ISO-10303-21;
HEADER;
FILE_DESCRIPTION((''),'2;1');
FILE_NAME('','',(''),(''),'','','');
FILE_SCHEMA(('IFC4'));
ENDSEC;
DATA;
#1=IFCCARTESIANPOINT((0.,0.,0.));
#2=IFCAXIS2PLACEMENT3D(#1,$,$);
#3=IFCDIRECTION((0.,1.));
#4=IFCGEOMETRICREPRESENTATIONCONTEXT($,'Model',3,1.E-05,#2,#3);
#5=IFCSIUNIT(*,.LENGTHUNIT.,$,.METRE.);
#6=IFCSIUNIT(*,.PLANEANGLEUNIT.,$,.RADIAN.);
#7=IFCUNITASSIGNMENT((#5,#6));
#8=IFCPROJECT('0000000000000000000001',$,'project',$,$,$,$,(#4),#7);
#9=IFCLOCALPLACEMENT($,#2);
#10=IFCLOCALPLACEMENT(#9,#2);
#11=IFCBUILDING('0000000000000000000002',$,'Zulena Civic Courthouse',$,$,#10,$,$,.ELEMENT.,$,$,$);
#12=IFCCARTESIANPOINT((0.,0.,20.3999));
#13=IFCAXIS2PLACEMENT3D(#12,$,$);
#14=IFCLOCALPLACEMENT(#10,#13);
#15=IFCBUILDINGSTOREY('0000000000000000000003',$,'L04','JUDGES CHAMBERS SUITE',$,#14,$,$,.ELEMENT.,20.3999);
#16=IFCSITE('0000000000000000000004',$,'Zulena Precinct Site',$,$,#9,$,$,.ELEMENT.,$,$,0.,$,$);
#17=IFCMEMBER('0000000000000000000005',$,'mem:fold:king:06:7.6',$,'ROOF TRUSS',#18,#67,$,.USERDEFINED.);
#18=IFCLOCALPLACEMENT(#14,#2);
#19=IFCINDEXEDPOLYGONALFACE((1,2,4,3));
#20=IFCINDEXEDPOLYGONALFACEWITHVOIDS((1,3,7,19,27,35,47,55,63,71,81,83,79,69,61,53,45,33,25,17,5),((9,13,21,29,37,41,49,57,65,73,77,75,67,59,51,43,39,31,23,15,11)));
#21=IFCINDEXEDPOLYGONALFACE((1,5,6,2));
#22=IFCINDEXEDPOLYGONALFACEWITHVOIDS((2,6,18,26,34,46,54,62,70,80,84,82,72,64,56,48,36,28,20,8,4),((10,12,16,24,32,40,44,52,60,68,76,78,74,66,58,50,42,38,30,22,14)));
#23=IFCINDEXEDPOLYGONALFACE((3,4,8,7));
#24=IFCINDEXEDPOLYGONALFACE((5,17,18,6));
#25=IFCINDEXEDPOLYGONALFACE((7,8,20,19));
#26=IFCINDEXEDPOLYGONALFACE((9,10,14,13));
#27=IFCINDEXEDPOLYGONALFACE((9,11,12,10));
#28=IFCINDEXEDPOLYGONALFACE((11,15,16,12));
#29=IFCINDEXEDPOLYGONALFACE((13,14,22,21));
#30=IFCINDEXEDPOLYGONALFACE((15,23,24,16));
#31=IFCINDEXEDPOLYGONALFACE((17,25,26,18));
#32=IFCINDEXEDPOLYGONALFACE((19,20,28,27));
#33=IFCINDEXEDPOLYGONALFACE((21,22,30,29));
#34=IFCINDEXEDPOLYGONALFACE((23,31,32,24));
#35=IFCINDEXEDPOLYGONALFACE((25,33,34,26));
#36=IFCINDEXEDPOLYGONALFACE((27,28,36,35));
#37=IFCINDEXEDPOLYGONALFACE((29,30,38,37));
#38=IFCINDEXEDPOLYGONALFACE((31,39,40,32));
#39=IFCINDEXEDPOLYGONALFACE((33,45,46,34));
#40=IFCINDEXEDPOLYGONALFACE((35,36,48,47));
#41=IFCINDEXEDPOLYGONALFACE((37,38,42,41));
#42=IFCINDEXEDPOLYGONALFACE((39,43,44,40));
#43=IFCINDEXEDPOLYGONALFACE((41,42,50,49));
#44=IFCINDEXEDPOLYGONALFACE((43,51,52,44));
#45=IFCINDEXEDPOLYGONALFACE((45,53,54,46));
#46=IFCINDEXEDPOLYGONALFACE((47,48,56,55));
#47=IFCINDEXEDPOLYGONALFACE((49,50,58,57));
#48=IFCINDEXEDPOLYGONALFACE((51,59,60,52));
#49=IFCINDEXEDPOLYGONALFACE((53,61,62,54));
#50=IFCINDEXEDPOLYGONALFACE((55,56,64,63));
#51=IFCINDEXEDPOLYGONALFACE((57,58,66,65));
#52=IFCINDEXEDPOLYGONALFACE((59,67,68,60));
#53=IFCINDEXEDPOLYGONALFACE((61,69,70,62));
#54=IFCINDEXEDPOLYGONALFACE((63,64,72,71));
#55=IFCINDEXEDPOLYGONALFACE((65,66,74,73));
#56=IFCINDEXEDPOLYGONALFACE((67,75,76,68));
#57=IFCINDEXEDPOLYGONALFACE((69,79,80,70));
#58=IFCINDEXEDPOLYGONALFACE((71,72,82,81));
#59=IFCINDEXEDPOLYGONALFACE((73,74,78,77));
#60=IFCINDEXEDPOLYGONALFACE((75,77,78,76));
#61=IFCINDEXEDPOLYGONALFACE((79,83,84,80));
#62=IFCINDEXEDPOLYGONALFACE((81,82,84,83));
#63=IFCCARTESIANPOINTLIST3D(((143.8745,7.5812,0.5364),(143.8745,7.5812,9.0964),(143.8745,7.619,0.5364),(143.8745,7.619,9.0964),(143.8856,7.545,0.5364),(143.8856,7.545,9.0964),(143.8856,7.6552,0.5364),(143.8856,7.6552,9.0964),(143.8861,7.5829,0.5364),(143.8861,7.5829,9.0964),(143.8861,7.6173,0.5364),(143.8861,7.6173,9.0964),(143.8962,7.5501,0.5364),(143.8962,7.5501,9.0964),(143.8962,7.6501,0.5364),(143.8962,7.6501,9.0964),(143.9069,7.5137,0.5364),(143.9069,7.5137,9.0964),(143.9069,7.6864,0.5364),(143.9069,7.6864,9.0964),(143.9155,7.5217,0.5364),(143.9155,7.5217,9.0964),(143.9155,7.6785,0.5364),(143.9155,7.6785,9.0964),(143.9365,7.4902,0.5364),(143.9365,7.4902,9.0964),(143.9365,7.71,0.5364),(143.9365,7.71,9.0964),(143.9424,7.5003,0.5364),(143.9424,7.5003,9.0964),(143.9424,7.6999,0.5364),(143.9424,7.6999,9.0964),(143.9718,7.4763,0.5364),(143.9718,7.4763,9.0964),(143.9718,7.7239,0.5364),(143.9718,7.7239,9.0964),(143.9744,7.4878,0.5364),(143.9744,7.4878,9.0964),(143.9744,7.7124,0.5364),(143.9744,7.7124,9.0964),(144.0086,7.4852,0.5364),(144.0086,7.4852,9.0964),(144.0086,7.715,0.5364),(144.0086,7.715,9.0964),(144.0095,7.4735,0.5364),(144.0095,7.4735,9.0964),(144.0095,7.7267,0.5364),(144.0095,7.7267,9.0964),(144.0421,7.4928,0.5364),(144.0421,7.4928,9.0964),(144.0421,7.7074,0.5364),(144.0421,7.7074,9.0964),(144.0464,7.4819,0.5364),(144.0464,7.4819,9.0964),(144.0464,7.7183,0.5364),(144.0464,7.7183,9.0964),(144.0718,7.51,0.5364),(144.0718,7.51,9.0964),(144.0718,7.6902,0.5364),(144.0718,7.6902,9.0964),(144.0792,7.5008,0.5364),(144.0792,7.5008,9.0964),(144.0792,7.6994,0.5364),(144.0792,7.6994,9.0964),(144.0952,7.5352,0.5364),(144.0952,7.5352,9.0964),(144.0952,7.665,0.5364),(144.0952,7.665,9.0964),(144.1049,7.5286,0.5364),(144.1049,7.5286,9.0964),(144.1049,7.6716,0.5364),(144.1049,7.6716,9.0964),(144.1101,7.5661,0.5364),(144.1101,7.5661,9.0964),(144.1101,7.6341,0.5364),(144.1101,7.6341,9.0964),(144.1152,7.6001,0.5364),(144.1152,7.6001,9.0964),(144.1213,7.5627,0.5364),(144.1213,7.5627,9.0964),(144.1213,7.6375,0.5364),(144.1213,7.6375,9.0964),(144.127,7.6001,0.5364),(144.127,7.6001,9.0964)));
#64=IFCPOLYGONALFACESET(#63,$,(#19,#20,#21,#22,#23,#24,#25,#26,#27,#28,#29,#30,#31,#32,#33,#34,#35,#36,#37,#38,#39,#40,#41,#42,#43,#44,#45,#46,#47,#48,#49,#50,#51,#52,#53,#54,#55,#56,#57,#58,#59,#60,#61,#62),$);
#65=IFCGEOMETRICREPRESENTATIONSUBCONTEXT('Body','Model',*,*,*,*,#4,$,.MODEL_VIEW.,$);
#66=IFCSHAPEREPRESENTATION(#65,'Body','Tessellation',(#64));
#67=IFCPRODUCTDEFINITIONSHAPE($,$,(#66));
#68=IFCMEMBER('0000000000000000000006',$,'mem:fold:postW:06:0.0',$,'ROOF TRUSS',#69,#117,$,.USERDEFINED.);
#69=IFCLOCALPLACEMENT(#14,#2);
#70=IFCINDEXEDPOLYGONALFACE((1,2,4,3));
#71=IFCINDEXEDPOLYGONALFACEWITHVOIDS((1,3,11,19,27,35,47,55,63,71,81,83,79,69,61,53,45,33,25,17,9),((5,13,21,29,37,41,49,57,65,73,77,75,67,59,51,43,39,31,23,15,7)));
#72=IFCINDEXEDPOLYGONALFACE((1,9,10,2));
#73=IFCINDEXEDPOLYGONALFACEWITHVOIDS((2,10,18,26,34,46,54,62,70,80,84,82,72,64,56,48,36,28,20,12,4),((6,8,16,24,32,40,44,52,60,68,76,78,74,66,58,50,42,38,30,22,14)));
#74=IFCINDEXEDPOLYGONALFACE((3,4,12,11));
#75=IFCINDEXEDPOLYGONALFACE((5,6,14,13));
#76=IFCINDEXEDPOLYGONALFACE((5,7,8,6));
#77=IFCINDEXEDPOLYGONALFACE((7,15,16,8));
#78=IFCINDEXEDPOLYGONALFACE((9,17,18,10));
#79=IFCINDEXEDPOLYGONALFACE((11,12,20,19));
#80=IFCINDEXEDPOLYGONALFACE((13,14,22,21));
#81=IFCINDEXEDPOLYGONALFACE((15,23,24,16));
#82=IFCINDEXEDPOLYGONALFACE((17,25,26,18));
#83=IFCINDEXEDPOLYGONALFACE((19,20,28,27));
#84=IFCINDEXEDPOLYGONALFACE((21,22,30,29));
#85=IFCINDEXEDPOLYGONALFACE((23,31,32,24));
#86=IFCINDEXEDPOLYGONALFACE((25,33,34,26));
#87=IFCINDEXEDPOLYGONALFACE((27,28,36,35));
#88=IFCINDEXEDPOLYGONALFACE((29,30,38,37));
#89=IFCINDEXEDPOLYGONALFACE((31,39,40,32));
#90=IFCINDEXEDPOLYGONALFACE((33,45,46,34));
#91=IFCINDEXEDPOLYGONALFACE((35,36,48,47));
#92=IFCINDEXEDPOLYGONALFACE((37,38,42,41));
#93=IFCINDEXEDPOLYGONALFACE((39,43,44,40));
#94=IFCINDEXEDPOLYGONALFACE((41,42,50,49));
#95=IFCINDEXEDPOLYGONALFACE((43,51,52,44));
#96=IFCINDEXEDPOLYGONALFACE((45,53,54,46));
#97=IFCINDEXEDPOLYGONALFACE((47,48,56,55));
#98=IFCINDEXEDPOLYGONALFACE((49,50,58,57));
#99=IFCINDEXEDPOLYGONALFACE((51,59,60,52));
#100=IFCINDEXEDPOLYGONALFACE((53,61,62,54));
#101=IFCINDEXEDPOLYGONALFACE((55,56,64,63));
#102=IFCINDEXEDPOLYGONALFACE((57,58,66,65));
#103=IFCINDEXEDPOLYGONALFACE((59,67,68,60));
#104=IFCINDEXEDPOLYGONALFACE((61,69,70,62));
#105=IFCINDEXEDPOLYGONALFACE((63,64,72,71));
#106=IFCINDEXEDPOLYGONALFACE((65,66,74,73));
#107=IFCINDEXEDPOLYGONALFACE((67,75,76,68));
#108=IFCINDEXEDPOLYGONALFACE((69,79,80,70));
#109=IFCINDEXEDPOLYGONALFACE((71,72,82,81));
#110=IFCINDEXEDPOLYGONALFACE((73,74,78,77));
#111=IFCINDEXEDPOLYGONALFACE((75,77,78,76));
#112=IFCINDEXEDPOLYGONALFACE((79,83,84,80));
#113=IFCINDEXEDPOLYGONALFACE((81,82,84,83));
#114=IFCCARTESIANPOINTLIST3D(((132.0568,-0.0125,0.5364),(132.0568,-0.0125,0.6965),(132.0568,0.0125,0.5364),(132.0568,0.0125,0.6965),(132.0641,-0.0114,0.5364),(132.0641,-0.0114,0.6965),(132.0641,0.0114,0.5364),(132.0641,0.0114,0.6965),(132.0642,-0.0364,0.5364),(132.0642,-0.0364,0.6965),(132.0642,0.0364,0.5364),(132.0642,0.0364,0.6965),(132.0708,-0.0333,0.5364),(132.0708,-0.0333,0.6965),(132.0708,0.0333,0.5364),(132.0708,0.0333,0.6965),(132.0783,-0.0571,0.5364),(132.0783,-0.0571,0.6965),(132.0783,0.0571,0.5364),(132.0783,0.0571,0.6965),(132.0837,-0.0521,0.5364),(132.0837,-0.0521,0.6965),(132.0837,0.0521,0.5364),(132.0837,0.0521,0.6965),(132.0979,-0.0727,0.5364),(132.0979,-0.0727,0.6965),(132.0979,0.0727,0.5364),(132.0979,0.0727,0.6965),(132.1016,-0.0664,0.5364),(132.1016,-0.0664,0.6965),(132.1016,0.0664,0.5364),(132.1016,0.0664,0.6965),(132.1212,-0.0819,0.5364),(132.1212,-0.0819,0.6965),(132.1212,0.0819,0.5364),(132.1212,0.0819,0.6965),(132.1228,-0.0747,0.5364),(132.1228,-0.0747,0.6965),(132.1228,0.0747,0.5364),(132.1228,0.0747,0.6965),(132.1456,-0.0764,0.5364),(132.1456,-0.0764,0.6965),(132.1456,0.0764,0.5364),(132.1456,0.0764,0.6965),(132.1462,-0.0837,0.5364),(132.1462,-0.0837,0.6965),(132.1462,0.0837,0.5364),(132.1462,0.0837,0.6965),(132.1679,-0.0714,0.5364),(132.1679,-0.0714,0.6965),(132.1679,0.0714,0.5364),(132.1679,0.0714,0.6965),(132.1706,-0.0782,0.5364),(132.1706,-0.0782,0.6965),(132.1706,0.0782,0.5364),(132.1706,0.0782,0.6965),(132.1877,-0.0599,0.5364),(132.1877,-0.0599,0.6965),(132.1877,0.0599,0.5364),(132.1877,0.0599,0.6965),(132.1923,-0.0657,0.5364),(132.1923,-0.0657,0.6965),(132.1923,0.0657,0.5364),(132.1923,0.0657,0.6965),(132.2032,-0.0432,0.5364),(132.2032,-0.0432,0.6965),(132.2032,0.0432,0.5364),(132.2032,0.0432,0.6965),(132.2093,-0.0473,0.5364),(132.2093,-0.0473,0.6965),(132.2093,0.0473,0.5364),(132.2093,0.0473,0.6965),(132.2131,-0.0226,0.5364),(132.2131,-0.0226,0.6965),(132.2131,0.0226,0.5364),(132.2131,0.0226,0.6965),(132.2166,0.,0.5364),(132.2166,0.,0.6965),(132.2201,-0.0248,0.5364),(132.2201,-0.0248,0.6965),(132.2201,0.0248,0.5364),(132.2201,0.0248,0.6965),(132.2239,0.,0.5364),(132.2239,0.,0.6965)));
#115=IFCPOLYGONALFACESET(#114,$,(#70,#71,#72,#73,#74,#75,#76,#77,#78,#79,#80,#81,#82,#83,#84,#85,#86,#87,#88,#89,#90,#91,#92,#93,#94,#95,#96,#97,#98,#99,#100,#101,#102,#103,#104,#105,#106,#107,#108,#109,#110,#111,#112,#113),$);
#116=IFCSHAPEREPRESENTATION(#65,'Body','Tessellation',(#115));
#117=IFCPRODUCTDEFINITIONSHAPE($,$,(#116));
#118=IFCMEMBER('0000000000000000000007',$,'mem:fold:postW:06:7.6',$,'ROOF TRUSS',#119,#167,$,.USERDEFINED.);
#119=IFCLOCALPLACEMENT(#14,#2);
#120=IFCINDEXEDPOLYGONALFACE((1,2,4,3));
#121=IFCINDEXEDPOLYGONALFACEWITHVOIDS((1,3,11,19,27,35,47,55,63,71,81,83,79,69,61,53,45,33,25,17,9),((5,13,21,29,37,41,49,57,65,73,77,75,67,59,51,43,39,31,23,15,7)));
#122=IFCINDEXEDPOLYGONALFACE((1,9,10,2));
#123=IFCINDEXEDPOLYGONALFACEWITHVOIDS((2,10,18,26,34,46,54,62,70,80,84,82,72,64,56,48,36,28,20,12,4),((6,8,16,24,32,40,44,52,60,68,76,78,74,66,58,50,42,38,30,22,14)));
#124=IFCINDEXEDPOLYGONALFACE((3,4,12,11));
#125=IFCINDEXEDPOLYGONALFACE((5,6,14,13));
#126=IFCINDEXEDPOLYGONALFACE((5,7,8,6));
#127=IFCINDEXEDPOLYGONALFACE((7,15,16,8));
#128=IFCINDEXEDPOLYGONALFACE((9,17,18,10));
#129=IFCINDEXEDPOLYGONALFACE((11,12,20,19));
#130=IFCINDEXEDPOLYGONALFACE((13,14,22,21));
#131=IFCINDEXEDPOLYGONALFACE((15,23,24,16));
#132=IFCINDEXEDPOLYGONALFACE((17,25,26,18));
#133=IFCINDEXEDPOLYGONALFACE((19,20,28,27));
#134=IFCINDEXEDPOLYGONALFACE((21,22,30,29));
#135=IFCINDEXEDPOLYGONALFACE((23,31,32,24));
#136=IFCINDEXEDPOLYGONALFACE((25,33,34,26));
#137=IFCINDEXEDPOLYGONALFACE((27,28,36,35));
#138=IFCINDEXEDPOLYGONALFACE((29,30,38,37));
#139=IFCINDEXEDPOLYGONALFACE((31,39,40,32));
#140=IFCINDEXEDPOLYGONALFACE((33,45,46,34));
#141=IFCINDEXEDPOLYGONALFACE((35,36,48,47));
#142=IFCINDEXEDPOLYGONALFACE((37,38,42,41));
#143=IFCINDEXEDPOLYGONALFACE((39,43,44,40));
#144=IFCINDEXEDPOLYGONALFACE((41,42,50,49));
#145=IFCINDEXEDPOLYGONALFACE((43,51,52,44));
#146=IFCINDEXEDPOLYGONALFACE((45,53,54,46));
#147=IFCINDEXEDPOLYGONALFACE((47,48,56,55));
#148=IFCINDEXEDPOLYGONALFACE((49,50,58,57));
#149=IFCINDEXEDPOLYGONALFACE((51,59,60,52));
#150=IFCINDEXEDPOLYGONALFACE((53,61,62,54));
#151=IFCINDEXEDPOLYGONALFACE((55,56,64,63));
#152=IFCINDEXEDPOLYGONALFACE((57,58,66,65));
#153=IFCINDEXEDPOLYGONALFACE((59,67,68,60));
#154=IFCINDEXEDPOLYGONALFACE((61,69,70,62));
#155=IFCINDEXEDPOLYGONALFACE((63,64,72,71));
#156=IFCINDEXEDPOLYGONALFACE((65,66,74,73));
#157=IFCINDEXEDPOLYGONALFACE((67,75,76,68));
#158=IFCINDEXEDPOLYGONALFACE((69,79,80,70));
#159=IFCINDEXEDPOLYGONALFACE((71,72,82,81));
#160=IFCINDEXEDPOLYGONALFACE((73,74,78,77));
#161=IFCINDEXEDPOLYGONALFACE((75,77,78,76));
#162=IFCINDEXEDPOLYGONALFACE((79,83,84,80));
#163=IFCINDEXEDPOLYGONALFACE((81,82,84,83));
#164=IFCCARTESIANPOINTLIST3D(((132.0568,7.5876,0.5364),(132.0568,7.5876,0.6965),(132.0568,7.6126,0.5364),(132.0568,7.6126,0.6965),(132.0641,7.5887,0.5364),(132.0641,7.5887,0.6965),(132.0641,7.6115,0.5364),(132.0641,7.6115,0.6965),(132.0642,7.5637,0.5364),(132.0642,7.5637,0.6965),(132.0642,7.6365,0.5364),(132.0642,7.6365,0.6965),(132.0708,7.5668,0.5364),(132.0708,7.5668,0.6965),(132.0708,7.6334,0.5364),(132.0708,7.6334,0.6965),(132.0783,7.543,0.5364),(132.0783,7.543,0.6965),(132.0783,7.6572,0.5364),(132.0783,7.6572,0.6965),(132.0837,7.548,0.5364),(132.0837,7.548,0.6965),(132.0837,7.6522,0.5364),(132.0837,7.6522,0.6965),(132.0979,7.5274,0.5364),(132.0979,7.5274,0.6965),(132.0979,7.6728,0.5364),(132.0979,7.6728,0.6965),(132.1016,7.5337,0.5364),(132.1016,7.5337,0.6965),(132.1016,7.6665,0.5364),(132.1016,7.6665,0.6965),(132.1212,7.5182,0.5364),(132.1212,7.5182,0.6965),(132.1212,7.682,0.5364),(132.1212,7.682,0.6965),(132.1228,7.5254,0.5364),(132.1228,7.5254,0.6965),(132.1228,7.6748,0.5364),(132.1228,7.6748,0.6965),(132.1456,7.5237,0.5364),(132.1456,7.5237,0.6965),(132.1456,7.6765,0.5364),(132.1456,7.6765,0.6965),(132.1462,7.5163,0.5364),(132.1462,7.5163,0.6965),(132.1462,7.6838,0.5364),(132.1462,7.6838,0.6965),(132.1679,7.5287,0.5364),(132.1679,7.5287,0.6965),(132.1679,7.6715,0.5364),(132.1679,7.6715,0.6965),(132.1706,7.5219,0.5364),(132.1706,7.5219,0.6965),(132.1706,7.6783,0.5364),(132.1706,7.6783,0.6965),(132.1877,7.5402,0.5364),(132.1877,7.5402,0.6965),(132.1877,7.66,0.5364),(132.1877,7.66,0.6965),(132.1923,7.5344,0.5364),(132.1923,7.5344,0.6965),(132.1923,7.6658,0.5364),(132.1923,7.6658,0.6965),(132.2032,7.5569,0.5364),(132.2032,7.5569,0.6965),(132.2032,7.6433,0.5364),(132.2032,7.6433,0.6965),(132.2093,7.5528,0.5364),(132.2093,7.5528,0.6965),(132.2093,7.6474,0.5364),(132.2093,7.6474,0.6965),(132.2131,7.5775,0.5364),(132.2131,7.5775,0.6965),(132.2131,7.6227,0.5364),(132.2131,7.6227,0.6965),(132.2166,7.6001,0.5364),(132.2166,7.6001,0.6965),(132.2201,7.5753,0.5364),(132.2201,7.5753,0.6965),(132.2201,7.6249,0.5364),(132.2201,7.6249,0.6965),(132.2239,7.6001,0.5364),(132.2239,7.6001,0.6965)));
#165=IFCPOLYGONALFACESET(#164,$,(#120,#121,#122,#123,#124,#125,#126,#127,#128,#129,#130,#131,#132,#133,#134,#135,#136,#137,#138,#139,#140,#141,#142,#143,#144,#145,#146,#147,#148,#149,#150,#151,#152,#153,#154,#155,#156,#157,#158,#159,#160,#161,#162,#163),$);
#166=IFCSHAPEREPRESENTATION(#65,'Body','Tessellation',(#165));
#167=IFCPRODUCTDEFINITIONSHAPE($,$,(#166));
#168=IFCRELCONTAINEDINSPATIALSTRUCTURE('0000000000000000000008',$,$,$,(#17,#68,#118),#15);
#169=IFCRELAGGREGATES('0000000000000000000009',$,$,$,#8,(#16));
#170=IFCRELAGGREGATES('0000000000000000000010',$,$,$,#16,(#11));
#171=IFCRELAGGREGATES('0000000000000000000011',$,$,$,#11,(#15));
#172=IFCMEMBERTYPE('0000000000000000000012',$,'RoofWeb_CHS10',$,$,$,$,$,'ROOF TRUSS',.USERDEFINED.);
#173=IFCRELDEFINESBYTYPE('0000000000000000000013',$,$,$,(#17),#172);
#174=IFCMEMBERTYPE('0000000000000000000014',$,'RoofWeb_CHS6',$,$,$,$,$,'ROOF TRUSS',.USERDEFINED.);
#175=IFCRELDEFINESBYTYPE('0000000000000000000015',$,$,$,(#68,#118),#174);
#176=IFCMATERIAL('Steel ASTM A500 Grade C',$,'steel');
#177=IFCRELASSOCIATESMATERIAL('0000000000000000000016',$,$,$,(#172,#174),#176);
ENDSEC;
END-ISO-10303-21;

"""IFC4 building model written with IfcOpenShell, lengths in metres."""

from ifc_helpers import new_model, si_unit, direction, frame, origin, origin_2d, place, context, subcontext, project, spatial, hollow_circle, extrude, material, material_profile, profile_set, type_object, element, save


model = new_model("IFC4")

# Units and contexts
model_context = context("Model", 3, precision=1e-05, world=origin(), true_north=direction((0.0, 1.0)))
body_context = subcontext(model_context, "Body", "Model", "MODEL_VIEW")
ifc_project = project(units=[si_unit("LENGTHUNIT", "METRE"), si_unit("PLANEANGLEUNIT", "RADIAN")], contexts=[model_context])

# Site, building, storey
site_placement = place(None, origin())
site = spatial("IfcSite", under=ifc_project, at=site_placement, Name="Zulena Precinct Site", CompositionType="ELEMENT", RefElevation=0.0)
building_placement = place(site_placement, origin())
building = spatial("IfcBuilding", under=site, at=building_placement, Name="Zulena Civic Courthouse", CompositionType="ELEMENT")
storey_placement = place(building_placement, frame((0.0, 0.0, 20.3999)))
storey = spatial("IfcBuildingStorey", under=building, at=storey_placement, Name="L04", Description="JUDGES CHAMBERS SUITE", CompositionType="ELEMENT", Elevation=20.3999)

# Members
ifc_material_1 = material(Name="Steel ASTM A500 Grade C", Category="steel")
ifc_material_profile_1 = material_profile(ifc_material_1, hollow_circle(Radius=0.127, WallThickness=0.0117, at=origin_2d()), Name="HSS10.000X0.500")
ifc_profile_set_1 = profile_set([ifc_material_profile_1], Name="Steel ASTM A500 Grade C")
member_type_1 = type_object("IfcMemberType", Name="RoofWeb_CHS10", ElementType="ROOF TRUSS", PredefinedType="USERDEFINED", material=ifc_profile_set_1)
for number, where, z_axis, x_axis, name in (
    (1, (144.0, 7.6001, 0.5364), (0.0, 0.0, 1.0), (1.0, 0.0, 0.0), "mem:fold:king:06:7.6"),
):
    element("IfcMember", number, at=place(storey_placement, frame(where, z_axis=z_axis, x_axis=x_axis)), inside=storey, type_object=member_type_1, Name=name, ObjectType="ROOF TRUSS", PredefinedType="USERDEFINED", context=body_context, shape_type="SweptSolid", body=[
        extrude(hollow_circle(Radius=0.127, WallThickness=0.0117, at=origin_2d()), origin(), (0.0, 0.0, 1.0), 8.5601),
    ])
ifc_material_profile_2 = material_profile(ifc_material_1, hollow_circle(Radius=0.084, WallThickness=0.0073, at=origin_2d()), Name="HSS6.625X0.312")
ifc_profile_set_2 = profile_set([ifc_material_profile_2], Name="Steel ASTM A500 Grade C")
member_type_2 = type_object("IfcMemberType", Name="RoofWeb_CHS6", ElementType="ROOF TRUSS", PredefinedType="USERDEFINED", material=ifc_profile_set_2)
for number, where, z_axis, x_axis, name in (
    (2, (132.1399, 0.0, 0.5364), (0.0, 0.0, 1.0), (1.0, 0.0, 0.0), "mem:fold:postW:06:0.0"),
    (3, (132.1399, 7.6001, 0.5364), (0.0, 0.0, 1.0), (1.0, 0.0, 0.0), "mem:fold:postW:06:7.6"),
):
    element("IfcMember", number, at=place(storey_placement, frame(where, z_axis=z_axis, x_axis=x_axis)), inside=storey, type_object=member_type_2, Name=name, ObjectType="ROOF TRUSS", PredefinedType="USERDEFINED", context=body_context, shape_type="SweptSolid", body=[
        extrude(hollow_circle(Radius=0.084, WallThickness=0.0073, at=origin_2d()), origin(), (0.0, 0.0, 1.0), 0.1602),
    ])

save(model, "model.ifc")
